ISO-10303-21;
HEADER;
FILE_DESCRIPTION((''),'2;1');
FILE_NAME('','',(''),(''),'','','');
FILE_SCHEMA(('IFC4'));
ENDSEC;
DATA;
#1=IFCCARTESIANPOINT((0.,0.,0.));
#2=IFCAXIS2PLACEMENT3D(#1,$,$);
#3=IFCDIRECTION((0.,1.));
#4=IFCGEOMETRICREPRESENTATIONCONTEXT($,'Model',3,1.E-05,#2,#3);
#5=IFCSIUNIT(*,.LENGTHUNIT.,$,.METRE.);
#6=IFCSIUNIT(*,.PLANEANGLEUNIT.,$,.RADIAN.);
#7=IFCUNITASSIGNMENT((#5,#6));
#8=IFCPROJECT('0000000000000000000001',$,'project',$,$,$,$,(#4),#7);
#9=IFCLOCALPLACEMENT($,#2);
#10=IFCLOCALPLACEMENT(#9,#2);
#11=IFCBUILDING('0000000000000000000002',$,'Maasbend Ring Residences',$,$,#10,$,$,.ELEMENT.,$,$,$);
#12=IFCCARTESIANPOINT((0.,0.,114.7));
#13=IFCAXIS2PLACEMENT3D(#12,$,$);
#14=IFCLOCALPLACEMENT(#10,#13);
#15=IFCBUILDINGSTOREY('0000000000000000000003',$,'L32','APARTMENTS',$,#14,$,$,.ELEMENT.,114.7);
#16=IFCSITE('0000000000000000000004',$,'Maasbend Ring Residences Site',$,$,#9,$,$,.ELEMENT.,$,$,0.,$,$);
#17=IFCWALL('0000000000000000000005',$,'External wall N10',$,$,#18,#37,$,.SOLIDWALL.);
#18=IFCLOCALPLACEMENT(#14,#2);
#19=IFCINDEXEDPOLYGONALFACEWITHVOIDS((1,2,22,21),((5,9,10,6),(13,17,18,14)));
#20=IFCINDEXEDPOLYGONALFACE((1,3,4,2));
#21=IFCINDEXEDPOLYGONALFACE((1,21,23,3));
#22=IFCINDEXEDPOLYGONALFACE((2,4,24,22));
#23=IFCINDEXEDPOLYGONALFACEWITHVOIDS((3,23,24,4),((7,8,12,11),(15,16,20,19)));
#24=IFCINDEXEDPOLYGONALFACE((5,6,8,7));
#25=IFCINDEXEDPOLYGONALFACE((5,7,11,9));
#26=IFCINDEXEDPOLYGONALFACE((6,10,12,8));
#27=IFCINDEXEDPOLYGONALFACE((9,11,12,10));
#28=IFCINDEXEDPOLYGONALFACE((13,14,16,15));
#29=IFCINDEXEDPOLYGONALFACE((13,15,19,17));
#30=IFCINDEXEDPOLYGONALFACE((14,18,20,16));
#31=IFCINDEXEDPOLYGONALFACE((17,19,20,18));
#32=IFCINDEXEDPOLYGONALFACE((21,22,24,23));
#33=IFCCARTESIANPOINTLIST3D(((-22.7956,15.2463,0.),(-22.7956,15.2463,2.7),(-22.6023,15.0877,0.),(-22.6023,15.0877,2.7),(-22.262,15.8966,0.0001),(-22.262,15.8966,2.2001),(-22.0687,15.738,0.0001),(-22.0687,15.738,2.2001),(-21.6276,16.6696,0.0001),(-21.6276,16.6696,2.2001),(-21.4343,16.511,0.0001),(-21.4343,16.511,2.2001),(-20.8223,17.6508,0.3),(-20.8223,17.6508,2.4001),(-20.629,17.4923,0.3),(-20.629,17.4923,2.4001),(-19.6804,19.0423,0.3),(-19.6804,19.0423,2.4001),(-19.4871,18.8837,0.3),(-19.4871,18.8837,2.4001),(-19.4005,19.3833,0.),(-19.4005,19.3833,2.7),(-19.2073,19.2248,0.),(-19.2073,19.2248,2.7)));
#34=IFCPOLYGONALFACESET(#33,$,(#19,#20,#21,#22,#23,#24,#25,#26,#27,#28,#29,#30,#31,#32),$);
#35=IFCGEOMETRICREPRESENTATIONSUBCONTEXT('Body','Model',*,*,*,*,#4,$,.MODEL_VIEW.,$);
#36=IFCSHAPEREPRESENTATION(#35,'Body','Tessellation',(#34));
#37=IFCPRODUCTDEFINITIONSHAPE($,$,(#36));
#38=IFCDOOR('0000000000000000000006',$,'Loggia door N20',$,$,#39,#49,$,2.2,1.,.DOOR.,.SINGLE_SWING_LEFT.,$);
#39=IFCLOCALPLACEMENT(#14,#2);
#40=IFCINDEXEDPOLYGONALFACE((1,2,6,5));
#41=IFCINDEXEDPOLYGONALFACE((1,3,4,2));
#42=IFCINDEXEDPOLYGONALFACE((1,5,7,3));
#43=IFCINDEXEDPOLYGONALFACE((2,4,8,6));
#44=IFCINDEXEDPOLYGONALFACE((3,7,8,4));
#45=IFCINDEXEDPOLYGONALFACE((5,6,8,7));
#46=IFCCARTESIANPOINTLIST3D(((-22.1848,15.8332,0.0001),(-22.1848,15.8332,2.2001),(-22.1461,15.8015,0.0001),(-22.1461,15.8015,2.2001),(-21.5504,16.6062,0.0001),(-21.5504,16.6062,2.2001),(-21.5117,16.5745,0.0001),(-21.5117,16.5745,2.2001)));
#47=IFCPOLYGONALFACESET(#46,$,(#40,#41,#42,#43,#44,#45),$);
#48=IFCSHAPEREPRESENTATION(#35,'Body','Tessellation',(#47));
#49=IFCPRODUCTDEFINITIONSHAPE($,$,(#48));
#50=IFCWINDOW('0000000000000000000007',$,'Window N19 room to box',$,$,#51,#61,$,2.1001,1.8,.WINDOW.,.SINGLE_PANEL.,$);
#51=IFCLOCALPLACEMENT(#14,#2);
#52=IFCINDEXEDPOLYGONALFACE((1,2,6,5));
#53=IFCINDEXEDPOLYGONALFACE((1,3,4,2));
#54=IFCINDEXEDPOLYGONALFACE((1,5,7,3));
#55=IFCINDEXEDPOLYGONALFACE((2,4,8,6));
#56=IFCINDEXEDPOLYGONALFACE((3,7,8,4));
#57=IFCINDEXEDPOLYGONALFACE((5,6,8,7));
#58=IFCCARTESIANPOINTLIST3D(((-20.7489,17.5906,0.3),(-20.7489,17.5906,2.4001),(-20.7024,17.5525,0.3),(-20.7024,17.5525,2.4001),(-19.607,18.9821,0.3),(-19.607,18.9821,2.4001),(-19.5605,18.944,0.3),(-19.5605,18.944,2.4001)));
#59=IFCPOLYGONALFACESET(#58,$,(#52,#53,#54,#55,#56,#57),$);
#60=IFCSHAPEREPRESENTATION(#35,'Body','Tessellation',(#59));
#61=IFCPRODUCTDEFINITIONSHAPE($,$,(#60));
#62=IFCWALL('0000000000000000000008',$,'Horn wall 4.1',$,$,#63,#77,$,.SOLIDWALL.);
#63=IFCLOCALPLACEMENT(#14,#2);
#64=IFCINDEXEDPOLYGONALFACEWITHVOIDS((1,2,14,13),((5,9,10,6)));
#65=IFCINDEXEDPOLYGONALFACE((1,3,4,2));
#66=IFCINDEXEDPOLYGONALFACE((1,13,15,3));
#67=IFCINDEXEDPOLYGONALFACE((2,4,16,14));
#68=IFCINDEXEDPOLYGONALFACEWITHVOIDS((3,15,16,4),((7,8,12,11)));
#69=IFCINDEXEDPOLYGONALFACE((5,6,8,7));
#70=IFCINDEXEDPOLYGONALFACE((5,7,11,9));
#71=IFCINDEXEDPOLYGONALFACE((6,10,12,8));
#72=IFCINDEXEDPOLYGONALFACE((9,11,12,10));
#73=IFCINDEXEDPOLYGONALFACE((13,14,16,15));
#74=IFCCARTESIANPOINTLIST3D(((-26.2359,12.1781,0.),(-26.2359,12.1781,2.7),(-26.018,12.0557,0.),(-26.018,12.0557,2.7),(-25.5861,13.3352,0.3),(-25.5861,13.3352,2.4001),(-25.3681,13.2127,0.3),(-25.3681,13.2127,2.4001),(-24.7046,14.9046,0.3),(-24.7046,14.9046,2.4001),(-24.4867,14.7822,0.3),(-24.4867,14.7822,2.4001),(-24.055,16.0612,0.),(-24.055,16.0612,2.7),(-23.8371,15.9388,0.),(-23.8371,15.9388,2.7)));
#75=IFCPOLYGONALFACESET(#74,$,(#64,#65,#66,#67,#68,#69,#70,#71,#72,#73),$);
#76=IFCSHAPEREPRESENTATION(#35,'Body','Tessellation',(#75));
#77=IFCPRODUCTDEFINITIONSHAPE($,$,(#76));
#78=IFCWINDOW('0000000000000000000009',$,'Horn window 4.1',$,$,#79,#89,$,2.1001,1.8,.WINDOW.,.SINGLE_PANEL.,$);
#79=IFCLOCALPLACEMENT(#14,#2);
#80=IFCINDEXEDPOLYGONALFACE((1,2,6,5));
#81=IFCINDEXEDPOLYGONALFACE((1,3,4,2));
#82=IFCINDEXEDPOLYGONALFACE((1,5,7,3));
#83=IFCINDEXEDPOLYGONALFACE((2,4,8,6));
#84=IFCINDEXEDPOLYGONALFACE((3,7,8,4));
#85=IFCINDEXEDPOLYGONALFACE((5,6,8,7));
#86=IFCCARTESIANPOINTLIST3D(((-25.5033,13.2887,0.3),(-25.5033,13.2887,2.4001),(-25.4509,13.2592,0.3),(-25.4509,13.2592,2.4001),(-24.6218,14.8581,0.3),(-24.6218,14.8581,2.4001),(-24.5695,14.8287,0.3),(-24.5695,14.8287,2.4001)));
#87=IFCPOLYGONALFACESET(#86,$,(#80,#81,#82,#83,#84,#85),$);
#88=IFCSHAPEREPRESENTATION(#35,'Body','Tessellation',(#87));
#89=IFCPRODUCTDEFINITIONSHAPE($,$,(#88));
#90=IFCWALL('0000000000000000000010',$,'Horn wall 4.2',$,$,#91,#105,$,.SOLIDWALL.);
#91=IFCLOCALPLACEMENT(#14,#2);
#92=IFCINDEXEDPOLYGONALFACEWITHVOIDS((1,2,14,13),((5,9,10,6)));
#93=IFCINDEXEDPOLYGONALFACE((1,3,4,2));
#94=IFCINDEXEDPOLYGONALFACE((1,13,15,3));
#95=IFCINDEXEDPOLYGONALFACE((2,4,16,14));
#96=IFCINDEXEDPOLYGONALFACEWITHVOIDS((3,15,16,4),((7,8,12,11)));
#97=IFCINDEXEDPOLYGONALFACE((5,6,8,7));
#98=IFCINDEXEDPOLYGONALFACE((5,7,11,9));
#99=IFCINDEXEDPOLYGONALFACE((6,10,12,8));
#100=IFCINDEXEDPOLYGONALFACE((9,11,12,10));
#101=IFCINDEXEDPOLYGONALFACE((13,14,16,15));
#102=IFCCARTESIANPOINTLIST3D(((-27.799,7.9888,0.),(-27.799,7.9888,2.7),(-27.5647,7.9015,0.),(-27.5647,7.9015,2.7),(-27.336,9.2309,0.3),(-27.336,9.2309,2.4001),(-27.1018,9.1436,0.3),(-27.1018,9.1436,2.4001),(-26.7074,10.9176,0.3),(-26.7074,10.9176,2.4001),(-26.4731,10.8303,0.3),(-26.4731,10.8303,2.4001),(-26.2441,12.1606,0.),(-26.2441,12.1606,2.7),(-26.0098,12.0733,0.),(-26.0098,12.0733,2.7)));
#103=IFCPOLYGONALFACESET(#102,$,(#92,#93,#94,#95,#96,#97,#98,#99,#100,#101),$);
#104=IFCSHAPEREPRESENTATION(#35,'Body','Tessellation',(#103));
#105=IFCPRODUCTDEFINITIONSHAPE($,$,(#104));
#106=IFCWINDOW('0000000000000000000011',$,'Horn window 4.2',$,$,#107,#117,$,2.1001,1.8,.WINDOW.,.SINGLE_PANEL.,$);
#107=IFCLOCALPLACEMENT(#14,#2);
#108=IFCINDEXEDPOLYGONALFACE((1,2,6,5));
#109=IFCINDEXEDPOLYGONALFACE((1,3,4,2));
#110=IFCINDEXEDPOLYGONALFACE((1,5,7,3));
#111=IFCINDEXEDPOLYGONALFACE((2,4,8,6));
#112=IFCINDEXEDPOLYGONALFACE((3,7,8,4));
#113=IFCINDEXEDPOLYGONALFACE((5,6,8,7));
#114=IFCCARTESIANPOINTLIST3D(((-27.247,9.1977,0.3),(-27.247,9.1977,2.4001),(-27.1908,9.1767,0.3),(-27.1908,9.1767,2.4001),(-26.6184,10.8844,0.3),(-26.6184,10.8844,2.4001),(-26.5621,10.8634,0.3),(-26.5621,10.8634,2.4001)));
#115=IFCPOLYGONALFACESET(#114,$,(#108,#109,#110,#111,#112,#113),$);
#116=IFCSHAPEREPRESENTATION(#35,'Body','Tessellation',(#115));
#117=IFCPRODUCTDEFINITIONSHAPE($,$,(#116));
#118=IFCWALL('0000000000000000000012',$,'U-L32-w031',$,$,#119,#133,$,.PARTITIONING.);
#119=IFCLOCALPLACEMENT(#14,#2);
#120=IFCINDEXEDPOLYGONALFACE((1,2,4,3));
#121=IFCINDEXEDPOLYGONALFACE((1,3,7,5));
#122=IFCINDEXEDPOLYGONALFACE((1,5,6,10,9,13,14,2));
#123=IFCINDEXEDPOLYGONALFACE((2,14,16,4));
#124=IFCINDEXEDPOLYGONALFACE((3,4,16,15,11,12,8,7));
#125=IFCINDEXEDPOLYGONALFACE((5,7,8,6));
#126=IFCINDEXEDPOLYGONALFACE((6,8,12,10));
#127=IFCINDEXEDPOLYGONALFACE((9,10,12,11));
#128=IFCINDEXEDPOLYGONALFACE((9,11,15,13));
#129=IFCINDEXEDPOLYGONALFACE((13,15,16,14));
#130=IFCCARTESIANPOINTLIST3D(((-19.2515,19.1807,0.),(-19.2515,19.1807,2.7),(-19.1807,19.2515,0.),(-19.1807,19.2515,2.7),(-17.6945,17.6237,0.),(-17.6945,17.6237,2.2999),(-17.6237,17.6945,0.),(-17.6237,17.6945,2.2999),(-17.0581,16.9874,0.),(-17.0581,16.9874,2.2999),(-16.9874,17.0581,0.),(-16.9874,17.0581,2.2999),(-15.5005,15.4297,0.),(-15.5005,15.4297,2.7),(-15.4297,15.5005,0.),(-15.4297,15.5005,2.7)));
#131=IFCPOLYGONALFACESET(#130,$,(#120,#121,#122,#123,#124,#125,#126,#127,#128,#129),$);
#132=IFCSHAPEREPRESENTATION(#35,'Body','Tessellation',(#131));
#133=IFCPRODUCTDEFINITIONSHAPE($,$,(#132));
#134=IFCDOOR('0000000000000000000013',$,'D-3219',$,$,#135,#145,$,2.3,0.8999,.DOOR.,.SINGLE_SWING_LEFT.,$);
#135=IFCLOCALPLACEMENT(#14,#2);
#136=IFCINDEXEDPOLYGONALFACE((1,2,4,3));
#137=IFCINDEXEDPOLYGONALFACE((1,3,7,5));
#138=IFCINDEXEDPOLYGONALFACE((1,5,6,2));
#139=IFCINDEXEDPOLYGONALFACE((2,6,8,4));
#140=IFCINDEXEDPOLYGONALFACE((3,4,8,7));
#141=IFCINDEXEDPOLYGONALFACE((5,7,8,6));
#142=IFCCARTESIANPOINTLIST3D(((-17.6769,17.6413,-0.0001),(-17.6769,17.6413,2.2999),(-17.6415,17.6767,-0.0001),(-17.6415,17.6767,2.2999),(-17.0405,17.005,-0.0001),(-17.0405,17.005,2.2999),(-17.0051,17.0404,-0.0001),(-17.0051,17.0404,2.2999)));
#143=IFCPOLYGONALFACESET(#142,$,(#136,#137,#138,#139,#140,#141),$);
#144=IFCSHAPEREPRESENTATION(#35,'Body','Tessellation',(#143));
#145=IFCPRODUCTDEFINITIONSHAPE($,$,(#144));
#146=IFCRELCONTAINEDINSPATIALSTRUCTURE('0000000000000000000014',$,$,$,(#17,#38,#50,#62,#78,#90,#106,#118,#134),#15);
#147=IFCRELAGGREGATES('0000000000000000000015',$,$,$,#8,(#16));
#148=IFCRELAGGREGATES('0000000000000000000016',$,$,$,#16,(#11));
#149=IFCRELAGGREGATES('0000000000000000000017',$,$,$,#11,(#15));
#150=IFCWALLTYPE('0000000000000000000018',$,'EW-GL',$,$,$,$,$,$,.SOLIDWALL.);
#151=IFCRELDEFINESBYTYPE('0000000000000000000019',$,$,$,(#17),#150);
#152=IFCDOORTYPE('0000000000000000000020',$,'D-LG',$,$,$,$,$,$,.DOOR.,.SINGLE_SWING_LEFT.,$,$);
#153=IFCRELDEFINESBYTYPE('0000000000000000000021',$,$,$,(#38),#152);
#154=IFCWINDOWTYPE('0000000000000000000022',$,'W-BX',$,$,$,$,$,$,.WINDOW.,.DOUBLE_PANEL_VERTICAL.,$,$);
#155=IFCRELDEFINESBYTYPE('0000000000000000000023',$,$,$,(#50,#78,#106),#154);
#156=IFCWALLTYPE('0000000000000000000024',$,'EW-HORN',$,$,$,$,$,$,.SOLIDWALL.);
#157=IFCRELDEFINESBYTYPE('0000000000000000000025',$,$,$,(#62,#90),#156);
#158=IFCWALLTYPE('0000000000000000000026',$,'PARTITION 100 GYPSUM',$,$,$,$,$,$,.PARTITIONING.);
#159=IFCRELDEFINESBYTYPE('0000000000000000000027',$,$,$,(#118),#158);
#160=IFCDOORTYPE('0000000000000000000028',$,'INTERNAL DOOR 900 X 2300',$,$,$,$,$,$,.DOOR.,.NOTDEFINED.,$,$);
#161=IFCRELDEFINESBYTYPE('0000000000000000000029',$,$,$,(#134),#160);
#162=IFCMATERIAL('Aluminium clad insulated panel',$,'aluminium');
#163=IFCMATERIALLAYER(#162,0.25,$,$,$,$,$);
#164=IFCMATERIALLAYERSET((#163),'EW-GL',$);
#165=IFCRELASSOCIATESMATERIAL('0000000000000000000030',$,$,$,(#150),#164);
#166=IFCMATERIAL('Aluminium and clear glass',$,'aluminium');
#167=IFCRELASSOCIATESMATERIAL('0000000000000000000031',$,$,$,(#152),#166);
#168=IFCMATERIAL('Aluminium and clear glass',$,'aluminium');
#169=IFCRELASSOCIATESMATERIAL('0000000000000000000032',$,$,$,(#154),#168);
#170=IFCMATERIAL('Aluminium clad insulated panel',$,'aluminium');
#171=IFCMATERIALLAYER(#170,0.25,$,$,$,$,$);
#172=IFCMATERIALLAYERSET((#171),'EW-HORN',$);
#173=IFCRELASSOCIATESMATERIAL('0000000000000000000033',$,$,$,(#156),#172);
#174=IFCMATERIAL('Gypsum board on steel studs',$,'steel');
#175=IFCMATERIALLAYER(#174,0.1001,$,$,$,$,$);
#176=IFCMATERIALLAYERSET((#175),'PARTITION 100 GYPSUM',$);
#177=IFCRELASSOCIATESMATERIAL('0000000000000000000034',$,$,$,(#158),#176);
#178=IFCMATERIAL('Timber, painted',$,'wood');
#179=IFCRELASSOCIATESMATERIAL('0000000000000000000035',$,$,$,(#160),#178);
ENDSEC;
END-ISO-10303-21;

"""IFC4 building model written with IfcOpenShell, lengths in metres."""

from ifc_helpers import new_model, si_unit, direction, frame, frame_2d, origin, place, context, subcontext, project, spatial, rectangle, extrude, material, layer, layer_set, type_object, element, fill, save


model = new_model("IFC4")

# Units and contexts
model_context = context("Model", 3, precision=1e-05, world=origin(), true_north=direction((0.0, 1.0)))
body_context = subcontext(model_context, "Body", "Model", "MODEL_VIEW")
ifc_project = project(units=[si_unit("LENGTHUNIT", "METRE"), si_unit("PLANEANGLEUNIT", "RADIAN")], contexts=[model_context])

# Site, building, storey
site_placement = place(None, origin())
site = spatial("IfcSite", under=ifc_project, at=site_placement, Name="Maasbend Ring Residences Site", CompositionType="ELEMENT", RefElevation=0.0)
building_placement = place(site_placement, origin())
building = spatial("IfcBuilding", under=site, at=building_placement, Name="Maasbend Ring Residences", CompositionType="ELEMENT")
storey_placement = place(building_placement, frame((0.0, 0.0, 114.7)))
storey = spatial("IfcBuildingStorey", under=building, at=storey_placement, Name="L32", Description="APARTMENTS", CompositionType="ELEMENT", Elevation=114.7)

# Wall, openings, door, window
ifc_material_1 = material(Name="Aluminium clad insulated panel", Category="aluminium")
ifc_layer_1 = layer(ifc_material_1, 0.25)
ifc_layer_set_1 = layer_set([ifc_layer_1], Name="EW-GL")
wall_type_1 = type_object("IfcWallType", Name="EW-GL", PredefinedType="SOLIDWALL", material=ifc_layer_set_1)
wall_1_placement = place(storey_placement, frame((-19.304, 19.304, 0.0), z_axis=(0.0, 0.0, 1.0), x_axis=(-0.634382, -0.773019, 0.0)))
wall_1 = element("IfcWall", 1, at=wall_1_placement, inside=storey, type_object=wall_type_1, Name="External wall N10", PredefinedType="SOLIDWALL", context=body_context, shape_type="SweptSolid", body=[
    extrude(rectangle(XDim=5.3518, YDim=0.25, at=frame_2d((2.6758, 0.0))), origin(), (0.0, 0.0, 1.0), 2.7),
])
opening_1_placement = place(wall_1_placement, frame((0.4412, 0.0, 0.3)))
opening_1 = element("IfcOpeningElement", 2, at=opening_1_placement, cuts=wall_1, PredefinedType="OPENING", context=body_context, shape_type="SweptSolid", body=[
    extrude(rectangle(XDim=1.8, YDim=2.1001, at=frame_2d((0.8999, 1.05))), frame((0.0, 0.135, 0.0), z_axis=(0.0, -1.0, 0.0), x_axis=(1.0, 0.0, 0.0)), (0.0, 0.0, 1.0), 0.27),
])
opening_2_placement = place(wall_1_placement, frame((3.5105, 0.0, 0.0)))
opening_2 = element("IfcOpeningElement", 3, at=opening_2_placement, cuts=wall_1, PredefinedType="OPENING", context=body_context, shape_type="SweptSolid", body=[
    extrude(rectangle(XDim=1.0, YDim=2.2, at=frame_2d((0.5, 1.1001))), frame((0.0, 0.135, 0.0), z_axis=(0.0, -1.0, 0.0), x_axis=(1.0, 0.0, 0.0)), (0.0, 0.0, 1.0), 0.27),
])
ifc_material_2 = material(Name="Aluminium and clear glass", Category="aluminium")
door_type_1 = type_object("IfcDoorType", Name="D-LG", OperationType="SINGLE_SWING_LEFT", PredefinedType="DOOR", material=ifc_material_2)
door_1_placement = place(opening_2_placement, origin())
door_1 = element("IfcDoor", 4, at=door_1_placement, inside=storey, type_object=door_type_1, Name="Loggia door N20", OperationType="SINGLE_SWING_LEFT", OverallHeight=2.2, OverallWidth=1.0, PredefinedType="DOOR", context=body_context, shape_type="SweptSolid", body=[
    extrude(rectangle(XDim=1.0, YDim=2.2, at=frame_2d((0.5, 1.1001))), frame((0.0, 0.0249, 0.0), z_axis=(0.0, -1.0, 0.0), x_axis=(1.0, 0.0, 0.0)), (0.0, 0.0, 1.0), 0.05),
])
fill(opening_2, door_1)
ifc_material_3 = material(Name="Aluminium and clear glass", Category="aluminium")
window_type = type_object("IfcWindowType", Name="W-BX", PartitioningType="DOUBLE_PANEL_VERTICAL", PredefinedType="WINDOW", material=ifc_material_3)
window_1_placement = place(opening_1_placement, origin())
window_1 = element("IfcWindow", 5, at=window_1_placement, inside=storey, type_object=window_type, Name="Window N19 room to box", OverallHeight=2.1001, OverallWidth=1.8, PartitioningType="SINGLE_PANEL", PredefinedType="WINDOW", context=body_context, shape_type="SweptSolid", body=[
    extrude(rectangle(XDim=1.8, YDim=2.1001, at=frame_2d((0.8999, 1.05))), frame((0.0, 0.03, 0.0), z_axis=(0.0, -1.0, 0.0), x_axis=(1.0, 0.0, 0.0)), (0.0, 0.0, 1.0), 0.0601),
])
fill(opening_1, window_1)

# Walls, openings, windows
ifc_material_4 = material(Name="Aluminium clad insulated panel", Category="aluminium")
ifc_layer_2 = layer(ifc_material_4, 0.25)
ifc_layer_set_2 = layer_set([ifc_layer_2], Name="EW-HORN")
wall_type_2 = type_object("IfcWallType", Name="EW-HORN", PredefinedType="SOLIDWALL", material=ifc_layer_set_2)
wall_2_placement = place(storey_placement, frame((-23.946, 16.0, 0.0), z_axis=(0.0, 0.0, 1.0), x_axis=(-0.489696, -0.871893, 0.0)))
wall_2 = element("IfcWall", 6, at=wall_2_placement, inside=storey, type_object=wall_type_2, Name="Horn wall 4.1", PredefinedType="SOLIDWALL", context=body_context, shape_type="SweptSolid", body=[
    extrude(rectangle(XDim=4.4536, YDim=0.25, at=frame_2d((2.2268, 0.0))), origin(), (0.0, 0.0, 1.0), 2.7),
])
opening_3_placement = place(wall_2_placement, frame((1.3267, 0.0, 0.3)))
opening_3 = element("IfcOpeningElement", 7, at=opening_3_placement, cuts=wall_2, PredefinedType="OPENING", context=body_context, shape_type="SweptSolid", body=[
    extrude(rectangle(XDim=1.8, YDim=2.1001, at=frame_2d((0.8999, 1.05))), frame((0.0, 0.135, 0.0), z_axis=(0.0, -1.0, 0.0), x_axis=(1.0, 0.0, 0.0)), (0.0, 0.0, 1.0), 0.27),
])
window_2_placement = place(opening_3_placement, origin())
window_2 = element("IfcWindow", 8, at=window_2_placement, inside=storey, type_object=window_type, Name="Horn window 4.1", OverallHeight=2.1001, OverallWidth=1.8, PartitioningType="SINGLE_PANEL", PredefinedType="WINDOW", context=body_context, shape_type="SweptSolid", body=[
    extrude(rectangle(XDim=1.8, YDim=2.1001, at=frame_2d((0.8999, 1.05))), frame((0.0, 0.03, 0.0), z_axis=(0.0, -1.0, 0.0), x_axis=(1.0, 0.0, 0.0)), (0.0, 0.0, 1.0), 0.0601),
])
fill(opening_3, window_2)
wall_3_placement = place(storey_placement, frame((-26.127, 12.1169, 0.0), z_axis=(0.0, 0.0, 1.0), x_axis=(-0.349248, -0.93703, 0.0)))
wall_3 = element("IfcWall", 9, at=wall_3_placement, inside=storey, type_object=wall_type_2, Name="Horn wall 4.2", PredefinedType="SOLIDWALL", context=body_context, shape_type="SweptSolid", body=[
    extrude(rectangle(XDim=4.4521, YDim=0.25, at=frame_2d((2.2261, 0.0))), origin(), (0.0, 0.0, 1.0), 2.7),
])
opening_4_placement = place(wall_3_placement, frame((1.3267, 0.0, 0.3)))
opening_4 = element("IfcOpeningElement", 10, at=opening_4_placement, cuts=wall_3, PredefinedType="OPENING", context=body_context, shape_type="SweptSolid", body=[
    extrude(rectangle(XDim=1.8, YDim=2.1001, at=frame_2d((0.8999, 1.05))), frame((0.0, 0.135, 0.0), z_axis=(0.0, -1.0, 0.0), x_axis=(1.0, 0.0, 0.0)), (0.0, 0.0, 1.0), 0.27),
])
window_3_placement = place(opening_4_placement, origin())
window_3 = element("IfcWindow", 11, at=window_3_placement, inside=storey, type_object=window_type, Name="Horn window 4.2", OverallHeight=2.1001, OverallWidth=1.8, PartitioningType="SINGLE_PANEL", PredefinedType="WINDOW", context=body_context, shape_type="SweptSolid", body=[
    extrude(rectangle(XDim=1.8, YDim=2.1001, at=frame_2d((0.8999, 1.05))), frame((0.0, 0.03, 0.0), z_axis=(0.0, -1.0, 0.0), x_axis=(1.0, 0.0, 0.0)), (0.0, 0.0, 1.0), 0.0601),
])
fill(opening_4, window_3)

# Wall, opening, door
ifc_material_5 = material(Name="Gypsum board on steel studs", Category="steel")
ifc_layer_3 = layer(ifc_material_5, 0.1001)
ifc_layer_set_3 = layer_set([ifc_layer_3], Name="PARTITION 100 GYPSUM")
wall_type_3 = type_object("IfcWallType", Name="PARTITION 100 GYPSUM", PredefinedType="PARTITIONING", material=ifc_layer_set_3)
wall_4_placement = place(storey_placement, frame((-19.2161, 19.2161, 0.0), z_axis=(0.0, 0.0, 1.0), x_axis=(0.707107, -0.707107, 0.0)))
wall_4 = element("IfcWall", 12, at=wall_4_placement, inside=storey, type_object=wall_type_3, Name="U-L32-w031", PredefinedType="PARTITIONING", context=body_context, shape_type="SweptSolid", body=[
    extrude(rectangle(XDim=5.3047, YDim=0.1001, at=frame_2d((2.6523, 0.0))), origin(), (0.0, 0.0, 1.0), 2.7),
])
opening_5_placement = place(wall_4_placement, frame((2.2019, 0.0, 0.0)))
opening_5 = element("IfcOpeningElement", 13, at=opening_5_placement, cuts=wall_4, PredefinedType="OPENING", context=body_context, shape_type="SweptSolid", body=[
    extrude(rectangle(XDim=0.8999, YDim=2.3, at=frame_2d((0.45, 1.1499))), frame((0.0, 0.0601, 0.0), z_axis=(0.0, -1.0, 0.0), x_axis=(1.0, 0.0, 0.0)), (0.0, 0.0, 1.0), 0.1201),
])
ifc_material_6 = material(Name="Timber, painted", Category="wood")
door_type_2 = type_object("IfcDoorType", Name="INTERNAL DOOR 900 X 2300", OperationType="NOTDEFINED", PredefinedType="DOOR", material=ifc_material_6)
door_2_placement = place(opening_5_placement, origin())
door_2 = element("IfcDoor", 14, at=door_2_placement, inside=storey, type_object=door_type_2, Name="D-3219", OperationType="SINGLE_SWING_LEFT", OverallHeight=2.3, OverallWidth=0.8999, PredefinedType="DOOR", context=body_context, shape_type="SweptSolid", body=[
    extrude(rectangle(XDim=0.8999, YDim=2.3, at=frame_2d((0.45, 1.1499))), frame((0.0, 0.0249, 0.0), z_axis=(0.0, -1.0, 0.0), x_axis=(1.0, 0.0, 0.0)), (0.0, 0.0, 1.0), 0.05),
])
fill(opening_5, door_2)

save(model, "model.ifc")
